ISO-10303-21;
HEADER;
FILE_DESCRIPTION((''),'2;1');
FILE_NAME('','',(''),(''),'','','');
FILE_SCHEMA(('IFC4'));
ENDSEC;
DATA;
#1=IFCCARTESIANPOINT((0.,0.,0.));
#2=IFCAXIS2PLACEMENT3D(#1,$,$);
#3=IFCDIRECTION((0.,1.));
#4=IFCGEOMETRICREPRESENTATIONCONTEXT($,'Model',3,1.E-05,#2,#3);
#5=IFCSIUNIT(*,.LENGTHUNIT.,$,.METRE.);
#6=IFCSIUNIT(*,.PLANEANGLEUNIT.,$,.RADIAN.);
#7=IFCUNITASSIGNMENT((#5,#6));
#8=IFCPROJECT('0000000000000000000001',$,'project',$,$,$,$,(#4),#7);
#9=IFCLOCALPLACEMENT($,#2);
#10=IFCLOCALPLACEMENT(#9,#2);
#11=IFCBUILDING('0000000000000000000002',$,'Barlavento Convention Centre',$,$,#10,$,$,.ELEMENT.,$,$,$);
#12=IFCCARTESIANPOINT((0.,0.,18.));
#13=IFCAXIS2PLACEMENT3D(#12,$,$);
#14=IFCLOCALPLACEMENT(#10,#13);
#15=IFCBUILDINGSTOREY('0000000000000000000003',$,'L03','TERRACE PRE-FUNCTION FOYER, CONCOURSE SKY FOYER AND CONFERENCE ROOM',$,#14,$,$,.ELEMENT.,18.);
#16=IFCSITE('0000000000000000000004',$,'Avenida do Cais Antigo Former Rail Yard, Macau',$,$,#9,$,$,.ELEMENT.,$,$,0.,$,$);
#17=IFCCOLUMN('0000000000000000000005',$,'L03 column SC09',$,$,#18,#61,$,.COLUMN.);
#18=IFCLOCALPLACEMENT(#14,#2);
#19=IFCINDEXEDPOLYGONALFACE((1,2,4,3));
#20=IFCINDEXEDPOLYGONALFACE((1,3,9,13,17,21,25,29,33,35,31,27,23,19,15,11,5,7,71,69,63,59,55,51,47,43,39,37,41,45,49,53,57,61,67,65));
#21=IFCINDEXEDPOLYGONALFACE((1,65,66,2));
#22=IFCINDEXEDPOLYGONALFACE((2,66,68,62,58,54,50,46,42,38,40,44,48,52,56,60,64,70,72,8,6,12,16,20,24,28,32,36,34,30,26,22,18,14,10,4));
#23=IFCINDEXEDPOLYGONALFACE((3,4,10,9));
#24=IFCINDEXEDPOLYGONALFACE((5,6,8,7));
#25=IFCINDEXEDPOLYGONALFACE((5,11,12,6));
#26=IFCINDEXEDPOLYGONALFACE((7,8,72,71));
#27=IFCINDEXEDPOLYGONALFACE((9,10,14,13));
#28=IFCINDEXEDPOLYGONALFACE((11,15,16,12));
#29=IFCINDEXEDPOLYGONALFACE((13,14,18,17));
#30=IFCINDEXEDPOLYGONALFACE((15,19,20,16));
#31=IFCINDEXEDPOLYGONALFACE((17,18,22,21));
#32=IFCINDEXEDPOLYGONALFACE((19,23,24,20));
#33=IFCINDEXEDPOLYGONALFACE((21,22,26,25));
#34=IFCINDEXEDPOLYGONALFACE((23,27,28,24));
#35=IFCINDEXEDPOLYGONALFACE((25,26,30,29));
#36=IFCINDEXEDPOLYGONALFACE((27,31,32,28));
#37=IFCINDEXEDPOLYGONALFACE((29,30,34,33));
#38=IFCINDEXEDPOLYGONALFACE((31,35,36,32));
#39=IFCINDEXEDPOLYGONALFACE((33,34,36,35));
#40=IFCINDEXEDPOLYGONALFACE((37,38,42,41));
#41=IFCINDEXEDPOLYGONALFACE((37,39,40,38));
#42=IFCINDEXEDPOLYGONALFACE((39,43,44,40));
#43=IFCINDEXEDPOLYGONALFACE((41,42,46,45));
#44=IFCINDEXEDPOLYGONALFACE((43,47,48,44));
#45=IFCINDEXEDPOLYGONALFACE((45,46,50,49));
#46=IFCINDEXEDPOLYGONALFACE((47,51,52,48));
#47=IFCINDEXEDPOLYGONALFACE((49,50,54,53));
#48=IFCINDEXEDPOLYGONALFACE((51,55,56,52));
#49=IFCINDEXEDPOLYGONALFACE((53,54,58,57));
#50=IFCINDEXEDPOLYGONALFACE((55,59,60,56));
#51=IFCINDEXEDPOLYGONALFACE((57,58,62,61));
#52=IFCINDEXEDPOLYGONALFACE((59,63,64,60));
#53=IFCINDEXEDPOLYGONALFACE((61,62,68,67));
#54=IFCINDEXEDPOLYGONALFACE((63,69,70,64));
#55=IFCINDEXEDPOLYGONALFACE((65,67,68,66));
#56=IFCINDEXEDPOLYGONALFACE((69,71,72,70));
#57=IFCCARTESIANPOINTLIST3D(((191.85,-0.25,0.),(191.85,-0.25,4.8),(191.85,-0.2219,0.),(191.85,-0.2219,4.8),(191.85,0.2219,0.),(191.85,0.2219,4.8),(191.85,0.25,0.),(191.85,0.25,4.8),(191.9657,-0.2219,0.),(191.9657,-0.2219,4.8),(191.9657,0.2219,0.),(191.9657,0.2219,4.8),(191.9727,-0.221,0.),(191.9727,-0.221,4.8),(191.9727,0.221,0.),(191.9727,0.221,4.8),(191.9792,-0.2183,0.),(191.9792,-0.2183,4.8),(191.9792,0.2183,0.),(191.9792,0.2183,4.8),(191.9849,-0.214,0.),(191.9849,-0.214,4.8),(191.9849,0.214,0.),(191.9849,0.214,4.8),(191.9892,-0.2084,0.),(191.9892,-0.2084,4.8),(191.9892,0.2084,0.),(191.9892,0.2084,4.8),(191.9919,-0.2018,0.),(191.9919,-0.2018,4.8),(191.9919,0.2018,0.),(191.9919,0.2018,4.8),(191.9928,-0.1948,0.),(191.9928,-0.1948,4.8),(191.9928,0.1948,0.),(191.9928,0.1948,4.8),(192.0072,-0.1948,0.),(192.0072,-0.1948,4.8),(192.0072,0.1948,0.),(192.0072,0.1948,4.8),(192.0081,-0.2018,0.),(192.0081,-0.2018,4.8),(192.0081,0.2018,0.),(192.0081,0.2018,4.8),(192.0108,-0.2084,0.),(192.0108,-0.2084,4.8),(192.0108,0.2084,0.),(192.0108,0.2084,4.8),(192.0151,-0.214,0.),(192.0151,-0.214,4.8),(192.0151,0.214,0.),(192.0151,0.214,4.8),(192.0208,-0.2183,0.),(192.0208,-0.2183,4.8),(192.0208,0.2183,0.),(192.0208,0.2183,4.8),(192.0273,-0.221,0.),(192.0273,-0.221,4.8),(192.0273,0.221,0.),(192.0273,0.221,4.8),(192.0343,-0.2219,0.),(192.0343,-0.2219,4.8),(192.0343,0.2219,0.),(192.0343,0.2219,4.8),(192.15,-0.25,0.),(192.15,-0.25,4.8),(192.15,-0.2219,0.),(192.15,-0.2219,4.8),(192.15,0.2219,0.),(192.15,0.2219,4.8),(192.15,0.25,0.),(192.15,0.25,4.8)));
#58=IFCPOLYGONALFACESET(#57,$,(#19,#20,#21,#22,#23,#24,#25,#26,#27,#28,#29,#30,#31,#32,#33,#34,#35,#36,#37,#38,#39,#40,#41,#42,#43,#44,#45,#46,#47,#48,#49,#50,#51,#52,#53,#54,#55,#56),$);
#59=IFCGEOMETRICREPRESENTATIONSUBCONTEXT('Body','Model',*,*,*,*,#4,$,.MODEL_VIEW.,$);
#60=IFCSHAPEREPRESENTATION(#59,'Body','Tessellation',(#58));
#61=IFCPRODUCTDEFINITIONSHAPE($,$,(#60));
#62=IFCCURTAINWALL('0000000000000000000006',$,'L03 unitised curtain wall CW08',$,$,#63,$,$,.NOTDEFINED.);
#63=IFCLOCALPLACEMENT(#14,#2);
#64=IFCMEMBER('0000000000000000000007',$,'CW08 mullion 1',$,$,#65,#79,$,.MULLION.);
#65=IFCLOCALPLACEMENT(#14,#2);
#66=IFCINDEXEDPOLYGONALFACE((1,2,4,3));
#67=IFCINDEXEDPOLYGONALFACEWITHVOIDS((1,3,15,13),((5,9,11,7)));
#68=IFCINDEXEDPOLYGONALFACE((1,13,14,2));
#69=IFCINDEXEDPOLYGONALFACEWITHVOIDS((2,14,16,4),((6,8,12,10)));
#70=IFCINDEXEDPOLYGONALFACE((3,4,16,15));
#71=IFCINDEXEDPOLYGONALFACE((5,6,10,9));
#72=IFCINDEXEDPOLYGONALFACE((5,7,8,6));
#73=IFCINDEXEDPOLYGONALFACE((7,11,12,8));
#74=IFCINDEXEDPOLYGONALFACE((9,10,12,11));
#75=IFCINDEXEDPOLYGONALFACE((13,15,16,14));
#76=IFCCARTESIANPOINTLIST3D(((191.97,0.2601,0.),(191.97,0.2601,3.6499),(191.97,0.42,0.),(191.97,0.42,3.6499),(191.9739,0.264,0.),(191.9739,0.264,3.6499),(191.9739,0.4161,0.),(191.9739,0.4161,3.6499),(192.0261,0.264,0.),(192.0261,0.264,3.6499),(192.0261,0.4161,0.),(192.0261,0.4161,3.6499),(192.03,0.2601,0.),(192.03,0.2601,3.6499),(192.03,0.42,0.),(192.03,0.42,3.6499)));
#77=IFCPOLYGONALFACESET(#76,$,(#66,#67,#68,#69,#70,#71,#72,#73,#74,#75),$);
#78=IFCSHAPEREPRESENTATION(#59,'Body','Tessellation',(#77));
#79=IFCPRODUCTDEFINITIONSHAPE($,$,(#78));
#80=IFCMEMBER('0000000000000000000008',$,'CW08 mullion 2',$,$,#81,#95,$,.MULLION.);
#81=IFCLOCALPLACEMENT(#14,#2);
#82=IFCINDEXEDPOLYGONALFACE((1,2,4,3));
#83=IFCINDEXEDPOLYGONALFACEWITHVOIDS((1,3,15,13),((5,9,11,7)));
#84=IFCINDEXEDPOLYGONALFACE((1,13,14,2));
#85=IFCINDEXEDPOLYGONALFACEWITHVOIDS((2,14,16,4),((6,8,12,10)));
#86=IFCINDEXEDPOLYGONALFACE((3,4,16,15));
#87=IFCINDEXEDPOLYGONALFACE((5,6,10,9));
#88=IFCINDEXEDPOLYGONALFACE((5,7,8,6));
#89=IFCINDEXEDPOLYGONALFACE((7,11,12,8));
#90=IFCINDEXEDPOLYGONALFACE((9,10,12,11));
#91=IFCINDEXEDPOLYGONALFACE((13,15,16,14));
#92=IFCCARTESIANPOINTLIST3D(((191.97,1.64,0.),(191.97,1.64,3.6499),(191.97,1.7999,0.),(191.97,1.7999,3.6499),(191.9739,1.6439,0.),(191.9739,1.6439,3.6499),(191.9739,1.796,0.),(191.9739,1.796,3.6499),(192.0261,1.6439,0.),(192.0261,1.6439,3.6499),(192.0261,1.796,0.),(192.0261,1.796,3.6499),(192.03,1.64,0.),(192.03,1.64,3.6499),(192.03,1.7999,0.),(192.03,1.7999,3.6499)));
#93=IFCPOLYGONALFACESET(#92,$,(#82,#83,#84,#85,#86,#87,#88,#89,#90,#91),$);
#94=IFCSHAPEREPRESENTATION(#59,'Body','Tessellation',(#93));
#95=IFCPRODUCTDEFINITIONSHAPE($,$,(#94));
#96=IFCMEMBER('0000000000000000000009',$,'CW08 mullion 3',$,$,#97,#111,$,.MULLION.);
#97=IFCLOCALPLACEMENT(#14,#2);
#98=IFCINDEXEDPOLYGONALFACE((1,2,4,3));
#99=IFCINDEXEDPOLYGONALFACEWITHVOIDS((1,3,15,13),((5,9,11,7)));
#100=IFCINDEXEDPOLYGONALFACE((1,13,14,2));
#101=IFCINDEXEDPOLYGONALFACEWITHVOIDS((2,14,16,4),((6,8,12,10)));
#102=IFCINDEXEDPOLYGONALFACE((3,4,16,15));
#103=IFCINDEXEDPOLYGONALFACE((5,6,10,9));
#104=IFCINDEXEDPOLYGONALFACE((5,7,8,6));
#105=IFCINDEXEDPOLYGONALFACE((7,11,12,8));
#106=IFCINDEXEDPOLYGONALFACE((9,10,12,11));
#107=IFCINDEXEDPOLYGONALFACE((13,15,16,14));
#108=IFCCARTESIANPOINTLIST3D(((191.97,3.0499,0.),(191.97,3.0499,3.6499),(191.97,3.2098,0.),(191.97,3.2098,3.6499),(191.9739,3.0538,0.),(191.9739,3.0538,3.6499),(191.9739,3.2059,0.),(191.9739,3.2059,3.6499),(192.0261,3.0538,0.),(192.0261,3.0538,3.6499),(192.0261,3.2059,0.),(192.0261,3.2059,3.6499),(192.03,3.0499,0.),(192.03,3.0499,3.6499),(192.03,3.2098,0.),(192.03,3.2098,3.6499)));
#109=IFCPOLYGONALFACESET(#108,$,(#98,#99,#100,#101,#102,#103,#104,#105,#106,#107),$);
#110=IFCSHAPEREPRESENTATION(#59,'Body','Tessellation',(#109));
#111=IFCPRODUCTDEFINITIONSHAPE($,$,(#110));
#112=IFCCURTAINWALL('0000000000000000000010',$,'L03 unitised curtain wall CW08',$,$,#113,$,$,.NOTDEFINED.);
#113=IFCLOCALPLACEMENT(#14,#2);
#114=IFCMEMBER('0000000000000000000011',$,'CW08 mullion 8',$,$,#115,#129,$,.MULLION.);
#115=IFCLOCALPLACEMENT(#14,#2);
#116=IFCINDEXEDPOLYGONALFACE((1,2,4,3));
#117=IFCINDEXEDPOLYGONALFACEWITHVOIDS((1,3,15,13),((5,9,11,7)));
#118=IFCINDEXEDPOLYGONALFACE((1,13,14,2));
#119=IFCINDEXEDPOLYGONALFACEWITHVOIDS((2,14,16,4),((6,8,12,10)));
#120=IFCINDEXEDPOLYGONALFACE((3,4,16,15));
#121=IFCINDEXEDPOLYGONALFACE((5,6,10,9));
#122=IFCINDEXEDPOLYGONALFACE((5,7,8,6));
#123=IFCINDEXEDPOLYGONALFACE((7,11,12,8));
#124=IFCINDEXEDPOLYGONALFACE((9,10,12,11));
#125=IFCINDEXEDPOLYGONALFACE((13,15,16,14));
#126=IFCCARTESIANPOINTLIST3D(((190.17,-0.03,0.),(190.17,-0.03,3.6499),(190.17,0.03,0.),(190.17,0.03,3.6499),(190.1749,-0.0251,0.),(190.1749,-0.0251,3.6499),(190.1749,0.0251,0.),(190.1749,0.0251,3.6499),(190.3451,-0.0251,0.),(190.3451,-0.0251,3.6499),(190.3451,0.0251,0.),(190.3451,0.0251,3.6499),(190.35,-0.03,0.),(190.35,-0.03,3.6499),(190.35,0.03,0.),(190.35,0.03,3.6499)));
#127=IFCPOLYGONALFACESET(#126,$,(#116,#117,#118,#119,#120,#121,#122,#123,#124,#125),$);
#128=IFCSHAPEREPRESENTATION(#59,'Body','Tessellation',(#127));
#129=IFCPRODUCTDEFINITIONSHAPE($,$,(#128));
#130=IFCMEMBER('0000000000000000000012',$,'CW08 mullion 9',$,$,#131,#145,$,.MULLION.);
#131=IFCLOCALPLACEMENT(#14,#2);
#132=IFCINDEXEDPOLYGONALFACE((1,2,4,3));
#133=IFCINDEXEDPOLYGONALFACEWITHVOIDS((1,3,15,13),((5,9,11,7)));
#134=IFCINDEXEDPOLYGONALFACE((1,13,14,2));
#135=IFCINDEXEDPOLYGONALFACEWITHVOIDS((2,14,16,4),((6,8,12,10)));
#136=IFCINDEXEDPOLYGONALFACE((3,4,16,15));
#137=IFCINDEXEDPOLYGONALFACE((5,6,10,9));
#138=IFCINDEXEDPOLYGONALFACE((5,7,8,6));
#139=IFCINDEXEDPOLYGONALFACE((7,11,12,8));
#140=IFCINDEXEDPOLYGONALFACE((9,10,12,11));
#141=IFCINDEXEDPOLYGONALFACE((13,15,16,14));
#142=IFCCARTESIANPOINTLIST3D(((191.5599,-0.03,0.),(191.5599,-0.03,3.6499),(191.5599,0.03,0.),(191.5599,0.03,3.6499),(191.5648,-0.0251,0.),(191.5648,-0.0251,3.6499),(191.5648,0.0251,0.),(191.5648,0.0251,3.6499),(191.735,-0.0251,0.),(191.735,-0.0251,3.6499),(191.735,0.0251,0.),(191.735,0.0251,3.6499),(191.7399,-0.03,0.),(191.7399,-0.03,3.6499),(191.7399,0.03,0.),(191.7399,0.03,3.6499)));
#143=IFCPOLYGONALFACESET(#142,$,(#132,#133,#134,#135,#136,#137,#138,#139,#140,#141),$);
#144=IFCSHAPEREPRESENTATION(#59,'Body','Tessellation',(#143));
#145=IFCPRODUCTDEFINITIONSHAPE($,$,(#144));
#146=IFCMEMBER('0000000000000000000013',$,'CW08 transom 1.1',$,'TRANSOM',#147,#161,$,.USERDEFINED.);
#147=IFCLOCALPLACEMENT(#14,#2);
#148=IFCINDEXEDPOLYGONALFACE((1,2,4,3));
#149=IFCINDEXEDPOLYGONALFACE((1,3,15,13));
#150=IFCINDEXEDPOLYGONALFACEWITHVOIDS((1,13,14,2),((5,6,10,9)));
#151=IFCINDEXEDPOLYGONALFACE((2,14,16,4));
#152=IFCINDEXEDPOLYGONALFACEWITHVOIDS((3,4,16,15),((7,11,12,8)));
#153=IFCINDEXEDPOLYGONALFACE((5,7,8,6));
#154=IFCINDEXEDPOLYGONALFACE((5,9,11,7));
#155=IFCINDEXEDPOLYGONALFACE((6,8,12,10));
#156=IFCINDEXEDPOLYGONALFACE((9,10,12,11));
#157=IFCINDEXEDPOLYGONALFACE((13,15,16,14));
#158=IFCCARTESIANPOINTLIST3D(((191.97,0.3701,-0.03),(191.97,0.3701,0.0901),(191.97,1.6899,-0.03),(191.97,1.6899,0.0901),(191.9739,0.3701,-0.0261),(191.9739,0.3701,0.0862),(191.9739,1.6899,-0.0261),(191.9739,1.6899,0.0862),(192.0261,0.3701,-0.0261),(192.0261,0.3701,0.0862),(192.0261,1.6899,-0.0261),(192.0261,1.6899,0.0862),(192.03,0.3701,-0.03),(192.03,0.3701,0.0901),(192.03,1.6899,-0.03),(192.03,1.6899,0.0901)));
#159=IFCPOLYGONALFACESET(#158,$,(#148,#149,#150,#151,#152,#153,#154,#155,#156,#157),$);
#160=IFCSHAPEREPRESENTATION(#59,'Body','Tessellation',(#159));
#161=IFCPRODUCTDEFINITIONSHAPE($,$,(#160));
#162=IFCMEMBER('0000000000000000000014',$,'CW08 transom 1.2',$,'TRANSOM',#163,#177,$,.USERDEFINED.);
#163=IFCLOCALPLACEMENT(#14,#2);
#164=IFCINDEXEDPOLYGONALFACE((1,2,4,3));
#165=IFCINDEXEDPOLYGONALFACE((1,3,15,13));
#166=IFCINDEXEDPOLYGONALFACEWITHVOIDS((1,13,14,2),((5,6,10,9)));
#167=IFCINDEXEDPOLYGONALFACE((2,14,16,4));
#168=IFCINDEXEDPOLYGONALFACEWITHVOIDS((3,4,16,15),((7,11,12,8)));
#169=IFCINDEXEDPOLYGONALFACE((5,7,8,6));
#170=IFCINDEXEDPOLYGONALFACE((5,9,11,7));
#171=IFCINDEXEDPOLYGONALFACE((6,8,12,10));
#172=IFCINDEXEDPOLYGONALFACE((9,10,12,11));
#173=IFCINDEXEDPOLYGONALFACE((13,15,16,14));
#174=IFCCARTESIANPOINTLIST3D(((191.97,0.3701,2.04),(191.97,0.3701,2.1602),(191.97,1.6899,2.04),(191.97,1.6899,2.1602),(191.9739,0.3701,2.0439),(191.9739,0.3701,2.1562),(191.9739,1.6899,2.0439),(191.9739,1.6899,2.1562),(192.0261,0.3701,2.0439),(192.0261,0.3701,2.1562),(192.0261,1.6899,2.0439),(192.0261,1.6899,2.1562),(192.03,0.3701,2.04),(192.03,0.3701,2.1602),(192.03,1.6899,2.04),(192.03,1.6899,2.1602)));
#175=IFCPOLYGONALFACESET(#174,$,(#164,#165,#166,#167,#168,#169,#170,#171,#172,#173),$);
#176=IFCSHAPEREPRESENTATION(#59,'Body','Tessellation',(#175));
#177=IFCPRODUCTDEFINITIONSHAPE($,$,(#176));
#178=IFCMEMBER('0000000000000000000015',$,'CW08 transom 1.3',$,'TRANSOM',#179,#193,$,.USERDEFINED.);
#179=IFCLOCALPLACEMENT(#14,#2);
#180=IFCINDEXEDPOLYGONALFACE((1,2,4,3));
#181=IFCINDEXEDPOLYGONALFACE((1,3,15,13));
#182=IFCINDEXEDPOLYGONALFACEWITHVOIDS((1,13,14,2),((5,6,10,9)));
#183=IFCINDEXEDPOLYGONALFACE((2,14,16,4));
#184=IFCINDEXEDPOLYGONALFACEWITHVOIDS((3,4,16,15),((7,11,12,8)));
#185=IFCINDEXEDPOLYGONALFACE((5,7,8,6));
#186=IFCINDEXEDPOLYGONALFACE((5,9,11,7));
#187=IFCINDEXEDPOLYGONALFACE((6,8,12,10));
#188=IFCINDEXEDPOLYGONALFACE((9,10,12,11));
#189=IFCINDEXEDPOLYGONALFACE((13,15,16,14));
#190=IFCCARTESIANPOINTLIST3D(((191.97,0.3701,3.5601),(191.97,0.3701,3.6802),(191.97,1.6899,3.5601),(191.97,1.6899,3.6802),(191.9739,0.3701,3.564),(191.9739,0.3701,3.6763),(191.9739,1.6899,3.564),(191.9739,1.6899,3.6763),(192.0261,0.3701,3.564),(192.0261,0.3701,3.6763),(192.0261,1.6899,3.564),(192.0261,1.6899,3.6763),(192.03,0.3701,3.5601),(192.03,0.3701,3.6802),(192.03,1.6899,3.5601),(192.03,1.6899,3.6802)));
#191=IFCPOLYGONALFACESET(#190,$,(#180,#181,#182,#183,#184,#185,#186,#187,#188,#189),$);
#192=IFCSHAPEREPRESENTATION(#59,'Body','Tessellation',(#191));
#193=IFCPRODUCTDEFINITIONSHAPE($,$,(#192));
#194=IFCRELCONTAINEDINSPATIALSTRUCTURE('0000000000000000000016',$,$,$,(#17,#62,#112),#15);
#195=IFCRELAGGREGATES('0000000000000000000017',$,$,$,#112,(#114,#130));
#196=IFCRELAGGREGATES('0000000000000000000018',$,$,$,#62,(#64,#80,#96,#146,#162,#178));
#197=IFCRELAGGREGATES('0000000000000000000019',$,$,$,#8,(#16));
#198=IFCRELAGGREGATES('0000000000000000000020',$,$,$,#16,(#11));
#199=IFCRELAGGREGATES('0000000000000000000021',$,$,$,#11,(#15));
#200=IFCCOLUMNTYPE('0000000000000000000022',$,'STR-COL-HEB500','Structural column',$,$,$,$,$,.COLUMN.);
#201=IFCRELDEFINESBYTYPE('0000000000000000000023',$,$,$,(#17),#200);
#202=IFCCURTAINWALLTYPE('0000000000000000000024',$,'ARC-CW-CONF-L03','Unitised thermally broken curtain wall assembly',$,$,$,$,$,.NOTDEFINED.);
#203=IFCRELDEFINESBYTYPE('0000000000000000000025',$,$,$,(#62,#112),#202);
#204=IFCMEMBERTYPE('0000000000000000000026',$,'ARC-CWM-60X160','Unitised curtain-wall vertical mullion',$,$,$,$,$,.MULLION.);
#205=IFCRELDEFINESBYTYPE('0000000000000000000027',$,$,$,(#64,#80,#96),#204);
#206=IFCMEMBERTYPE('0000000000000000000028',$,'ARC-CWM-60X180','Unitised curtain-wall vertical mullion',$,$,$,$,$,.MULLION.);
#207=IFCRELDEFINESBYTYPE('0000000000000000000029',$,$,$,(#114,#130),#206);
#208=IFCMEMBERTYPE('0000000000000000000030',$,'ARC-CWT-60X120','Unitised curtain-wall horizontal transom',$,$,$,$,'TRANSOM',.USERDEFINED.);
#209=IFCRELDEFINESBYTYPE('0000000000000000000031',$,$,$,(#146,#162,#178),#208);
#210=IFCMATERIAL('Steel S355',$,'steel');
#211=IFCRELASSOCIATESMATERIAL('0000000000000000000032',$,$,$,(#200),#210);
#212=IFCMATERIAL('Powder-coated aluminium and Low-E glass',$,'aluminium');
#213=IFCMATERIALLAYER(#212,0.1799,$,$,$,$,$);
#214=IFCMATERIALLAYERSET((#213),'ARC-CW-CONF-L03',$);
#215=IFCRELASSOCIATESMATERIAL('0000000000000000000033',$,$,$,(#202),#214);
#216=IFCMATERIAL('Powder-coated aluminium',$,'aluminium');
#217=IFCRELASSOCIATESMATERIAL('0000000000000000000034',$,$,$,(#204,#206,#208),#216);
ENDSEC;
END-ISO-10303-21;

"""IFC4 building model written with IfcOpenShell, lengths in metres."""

from ifc_helpers import new_model, si_unit, direction, frame, origin, origin_2d, place, context, subcontext, project, spatial, hollow_rectangle, i_section, extrude, material, layer, layer_set, material_profile, profile_set, type_object, element, aggregate, save


model = new_model("IFC4")

# Units and contexts
model_context = context("Model", 3, precision=1e-05, world=origin(), true_north=direction((0.0, 1.0)))
body_context = subcontext(model_context, "Body", "Model", "MODEL_VIEW")
ifc_project = project(units=[si_unit("LENGTHUNIT", "METRE"), si_unit("PLANEANGLEUNIT", "RADIAN")], contexts=[model_context])

# Site, building, storey
site_placement = place(None, origin())
site = spatial("IfcSite", under=ifc_project, at=site_placement, Name="Avenida do Cais Antigo Former Rail Yard, Macau", CompositionType="ELEMENT", RefElevation=0.0)
building_placement = place(site_placement, origin())
building = spatial("IfcBuilding", under=site, at=building_placement, Name="Barlavento Convention Centre", CompositionType="ELEMENT")
storey_placement = place(building_placement, frame((0.0, 0.0, 18.0)))
storey = spatial("IfcBuildingStorey", under=building, at=storey_placement, Name="L03", Description="TERRACE PRE-FUNCTION FOYER, CONCOURSE SKY FOYER AND CONFERENCE ROOM", CompositionType="ELEMENT", Elevation=18.0)

# Column
ifc_material_1 = material(Name="Steel S355", Category="steel")
ifc_material_profile_1 = material_profile(ifc_material_1, i_section(OverallWidth=0.3, OverallDepth=0.5, WebThickness=0.0144, FlangeThickness=0.0281, FilletRadius=0.0271, at=origin_2d()), Name="HEB 500")
ifc_profile_set_1 = profile_set([ifc_material_profile_1], Name="Steel S355")
column_type = type_object("IfcColumnType", Name="STR-COL-HEB500", Description="Structural column", PredefinedType="COLUMN", material=ifc_profile_set_1)
column_placement = place(storey_placement, frame((192.0, 0.0, 0.0), z_axis=(0.0, 0.0, 1.0), x_axis=(1.0, 0.0, 0.0)))
element("IfcColumn", 1, at=column_placement, inside=storey, type_object=column_type, Name="L03 column SC09", PredefinedType="COLUMN", context=body_context, shape_type="SweptSolid", body=[
    extrude(i_section(OverallWidth=0.3, OverallDepth=0.5, WebThickness=0.0144, FlangeThickness=0.0281, FilletRadius=0.0271, at=origin_2d()), origin(), (0.0, 0.0, 1.0), 4.8),
])

# Curtain walls, members
ifc_material_2 = material(Name="Powder-coated aluminium and Low-E glass", Category="aluminium")
ifc_layer_1 = layer(ifc_material_2, 0.1799)
ifc_layer_set_1 = layer_set([ifc_layer_1], Name="ARC-CW-CONF-L03")
curtain_wall_type = type_object("IfcCurtainWallType", Name="ARC-CW-CONF-L03", Description="Unitised thermally broken curtain wall assembly", PredefinedType="NOTDEFINED", material=ifc_layer_set_1)
curtain_wall_1_placement = place(storey_placement, origin())
curtain_wall_1 = element("IfcCurtainWall", 2, at=curtain_wall_1_placement, inside=storey, type_object=curtain_wall_type, Name="L03 unitised curtain wall CW08", PredefinedType="NOTDEFINED")
ifc_material_3 = material(Name="Powder-coated aluminium", Category="aluminium")
ifc_material_profile_2 = material_profile(ifc_material_3, hollow_rectangle(XDim=0.0601, YDim=0.1599, WallThickness=0.0039, at=origin_2d()), Name="AL-MULL 60x160x4")
ifc_profile_set_2 = profile_set([ifc_material_profile_2], Name="Powder-coated aluminium")
member_type_1 = type_object("IfcMemberType", Name="ARC-CWM-60X160", Description="Unitised curtain-wall vertical mullion", PredefinedType="MULLION", material=ifc_profile_set_2)
member_1_placement = place(storey_placement, frame((192.0, 0.3401, 0.0), z_axis=(0.0, 0.0, 1.0), x_axis=(-1.0, 0.0, 0.0)))
member_1 = element("IfcMember", 3, at=member_1_placement, type_object=member_type_1, Name="CW08 mullion 1", PredefinedType="MULLION", context=body_context, shape_type="SweptSolid", body=[
    extrude(hollow_rectangle(XDim=0.0601, YDim=0.1599, WallThickness=0.0039, at=origin_2d()), origin(), (0.0, 0.0, 1.0), 3.6499),
])
member_2_placement = place(storey_placement, frame((192.0, 1.72, 0.0), z_axis=(0.0, 0.0, 1.0), x_axis=(-1.0, 0.0, 0.0)))
member_2 = element("IfcMember", 4, at=member_2_placement, type_object=member_type_1, Name="CW08 mullion 2", PredefinedType="MULLION", context=body_context, shape_type="SweptSolid", body=[
    extrude(hollow_rectangle(XDim=0.0601, YDim=0.1599, WallThickness=0.0039, at=origin_2d()), origin(), (0.0, 0.0, 1.0), 3.6499),
])
member_3_placement = place(storey_placement, frame((192.0, 3.1299, 0.0), z_axis=(0.0, 0.0, 1.0), x_axis=(-1.0, 0.0, 0.0)))
member_3 = element("IfcMember", 5, at=member_3_placement, type_object=member_type_1, Name="CW08 mullion 3", PredefinedType="MULLION", context=body_context, shape_type="SweptSolid", body=[
    extrude(hollow_rectangle(XDim=0.0601, YDim=0.1599, WallThickness=0.0039, at=origin_2d()), origin(), (0.0, 0.0, 1.0), 3.6499),
])
curtain_wall_2_placement = place(storey_placement, origin())
curtain_wall_2 = element("IfcCurtainWall", 6, at=curtain_wall_2_placement, inside=storey, type_object=curtain_wall_type, Name="L03 unitised curtain wall CW08", PredefinedType="NOTDEFINED")
ifc_material_profile_3 = material_profile(ifc_material_3, hollow_rectangle(XDim=0.0601, YDim=0.1799, WallThickness=0.0049, at=origin_2d()), Name="AL-MULL 60x180x5")
ifc_profile_set_3 = profile_set([ifc_material_profile_3], Name="Powder-coated aluminium")
member_type_2 = type_object("IfcMemberType", Name="ARC-CWM-60X180", Description="Unitised curtain-wall vertical mullion", PredefinedType="MULLION", material=ifc_profile_set_3)
member_4_placement = place(storey_placement, frame((190.26, 0.0, 0.0), z_axis=(0.0, 0.0, 1.0), x_axis=(0.0, 1.0, 0.0)))
member_4 = element("IfcMember", 7, at=member_4_placement, type_object=member_type_2, Name="CW08 mullion 8", PredefinedType="MULLION", context=body_context, shape_type="SweptSolid", body=[
    extrude(hollow_rectangle(XDim=0.0601, YDim=0.1799, WallThickness=0.0049, at=origin_2d()), origin(), (0.0, 0.0, 1.0), 3.6499),
])
member_5_placement = place(storey_placement, frame((191.6499, 0.0, 0.0), z_axis=(0.0, 0.0, 1.0), x_axis=(0.0, 1.0, 0.0)))
member_5 = element("IfcMember", 8, at=member_5_placement, type_object=member_type_2, Name="CW08 mullion 9", PredefinedType="MULLION", context=body_context, shape_type="SweptSolid", body=[
    extrude(hollow_rectangle(XDim=0.0601, YDim=0.1799, WallThickness=0.0049, at=origin_2d()), origin(), (0.0, 0.0, 1.0), 3.6499),
])

# Members
ifc_material_profile_4 = material_profile(ifc_material_3, hollow_rectangle(XDim=0.0601, YDim=0.1201, WallThickness=0.0039, at=origin_2d()), Name="AL-TRAN 60x120x4")
ifc_profile_set_4 = profile_set([ifc_material_profile_4], Name="Powder-coated aluminium")
member_type_3 = type_object("IfcMemberType", Name="ARC-CWT-60X120", Description="Unitised curtain-wall horizontal transom", ElementType="TRANSOM", PredefinedType="USERDEFINED", material=ifc_profile_set_4)
member_6_placement = place(storey_placement, frame((192.0, 0.3701, 0.03), z_axis=(0.0, 1.0, 0.0), x_axis=(-1.0, 0.0, 0.0)))
member_6 = element("IfcMember", 9, at=member_6_placement, type_object=member_type_3, Name="CW08 transom 1.1", ObjectType="TRANSOM", PredefinedType="USERDEFINED", context=body_context, shape_type="SweptSolid", body=[
    extrude(hollow_rectangle(XDim=0.0601, YDim=0.1201, WallThickness=0.0039, at=origin_2d()), origin(), (0.0, 0.0, 1.0), 1.3198),
])
member_7_placement = place(storey_placement, frame((192.0, 0.3701, 2.1001), z_axis=(0.0, 1.0, 0.0), x_axis=(-1.0, 0.0, 0.0)))
member_7 = element("IfcMember", 10, at=member_7_placement, type_object=member_type_3, Name="CW08 transom 1.2", ObjectType="TRANSOM", PredefinedType="USERDEFINED", context=body_context, shape_type="SweptSolid", body=[
    extrude(hollow_rectangle(XDim=0.0601, YDim=0.1201, WallThickness=0.0039, at=origin_2d()), origin(), (0.0, 0.0, 1.0), 1.3198),
])
member_8_placement = place(storey_placement, frame((192.0, 0.3701, 3.6201), z_axis=(0.0, 1.0, 0.0), x_axis=(-1.0, 0.0, 0.0)))
member_8 = element("IfcMember", 11, at=member_8_placement, type_object=member_type_3, Name="CW08 transom 1.3", ObjectType="TRANSOM", PredefinedType="USERDEFINED", context=body_context, shape_type="SweptSolid", body=[
    extrude(hollow_rectangle(XDim=0.0601, YDim=0.1201, WallThickness=0.0039, at=origin_2d()), origin(), (0.0, 0.0, 1.0), 1.3198),
])

aggregate(curtain_wall_2, [member_4, member_5])
aggregate(curtain_wall_1, [member_1, member_2, member_3, member_6, member_7, member_8])

save(model, "model.ifc")
